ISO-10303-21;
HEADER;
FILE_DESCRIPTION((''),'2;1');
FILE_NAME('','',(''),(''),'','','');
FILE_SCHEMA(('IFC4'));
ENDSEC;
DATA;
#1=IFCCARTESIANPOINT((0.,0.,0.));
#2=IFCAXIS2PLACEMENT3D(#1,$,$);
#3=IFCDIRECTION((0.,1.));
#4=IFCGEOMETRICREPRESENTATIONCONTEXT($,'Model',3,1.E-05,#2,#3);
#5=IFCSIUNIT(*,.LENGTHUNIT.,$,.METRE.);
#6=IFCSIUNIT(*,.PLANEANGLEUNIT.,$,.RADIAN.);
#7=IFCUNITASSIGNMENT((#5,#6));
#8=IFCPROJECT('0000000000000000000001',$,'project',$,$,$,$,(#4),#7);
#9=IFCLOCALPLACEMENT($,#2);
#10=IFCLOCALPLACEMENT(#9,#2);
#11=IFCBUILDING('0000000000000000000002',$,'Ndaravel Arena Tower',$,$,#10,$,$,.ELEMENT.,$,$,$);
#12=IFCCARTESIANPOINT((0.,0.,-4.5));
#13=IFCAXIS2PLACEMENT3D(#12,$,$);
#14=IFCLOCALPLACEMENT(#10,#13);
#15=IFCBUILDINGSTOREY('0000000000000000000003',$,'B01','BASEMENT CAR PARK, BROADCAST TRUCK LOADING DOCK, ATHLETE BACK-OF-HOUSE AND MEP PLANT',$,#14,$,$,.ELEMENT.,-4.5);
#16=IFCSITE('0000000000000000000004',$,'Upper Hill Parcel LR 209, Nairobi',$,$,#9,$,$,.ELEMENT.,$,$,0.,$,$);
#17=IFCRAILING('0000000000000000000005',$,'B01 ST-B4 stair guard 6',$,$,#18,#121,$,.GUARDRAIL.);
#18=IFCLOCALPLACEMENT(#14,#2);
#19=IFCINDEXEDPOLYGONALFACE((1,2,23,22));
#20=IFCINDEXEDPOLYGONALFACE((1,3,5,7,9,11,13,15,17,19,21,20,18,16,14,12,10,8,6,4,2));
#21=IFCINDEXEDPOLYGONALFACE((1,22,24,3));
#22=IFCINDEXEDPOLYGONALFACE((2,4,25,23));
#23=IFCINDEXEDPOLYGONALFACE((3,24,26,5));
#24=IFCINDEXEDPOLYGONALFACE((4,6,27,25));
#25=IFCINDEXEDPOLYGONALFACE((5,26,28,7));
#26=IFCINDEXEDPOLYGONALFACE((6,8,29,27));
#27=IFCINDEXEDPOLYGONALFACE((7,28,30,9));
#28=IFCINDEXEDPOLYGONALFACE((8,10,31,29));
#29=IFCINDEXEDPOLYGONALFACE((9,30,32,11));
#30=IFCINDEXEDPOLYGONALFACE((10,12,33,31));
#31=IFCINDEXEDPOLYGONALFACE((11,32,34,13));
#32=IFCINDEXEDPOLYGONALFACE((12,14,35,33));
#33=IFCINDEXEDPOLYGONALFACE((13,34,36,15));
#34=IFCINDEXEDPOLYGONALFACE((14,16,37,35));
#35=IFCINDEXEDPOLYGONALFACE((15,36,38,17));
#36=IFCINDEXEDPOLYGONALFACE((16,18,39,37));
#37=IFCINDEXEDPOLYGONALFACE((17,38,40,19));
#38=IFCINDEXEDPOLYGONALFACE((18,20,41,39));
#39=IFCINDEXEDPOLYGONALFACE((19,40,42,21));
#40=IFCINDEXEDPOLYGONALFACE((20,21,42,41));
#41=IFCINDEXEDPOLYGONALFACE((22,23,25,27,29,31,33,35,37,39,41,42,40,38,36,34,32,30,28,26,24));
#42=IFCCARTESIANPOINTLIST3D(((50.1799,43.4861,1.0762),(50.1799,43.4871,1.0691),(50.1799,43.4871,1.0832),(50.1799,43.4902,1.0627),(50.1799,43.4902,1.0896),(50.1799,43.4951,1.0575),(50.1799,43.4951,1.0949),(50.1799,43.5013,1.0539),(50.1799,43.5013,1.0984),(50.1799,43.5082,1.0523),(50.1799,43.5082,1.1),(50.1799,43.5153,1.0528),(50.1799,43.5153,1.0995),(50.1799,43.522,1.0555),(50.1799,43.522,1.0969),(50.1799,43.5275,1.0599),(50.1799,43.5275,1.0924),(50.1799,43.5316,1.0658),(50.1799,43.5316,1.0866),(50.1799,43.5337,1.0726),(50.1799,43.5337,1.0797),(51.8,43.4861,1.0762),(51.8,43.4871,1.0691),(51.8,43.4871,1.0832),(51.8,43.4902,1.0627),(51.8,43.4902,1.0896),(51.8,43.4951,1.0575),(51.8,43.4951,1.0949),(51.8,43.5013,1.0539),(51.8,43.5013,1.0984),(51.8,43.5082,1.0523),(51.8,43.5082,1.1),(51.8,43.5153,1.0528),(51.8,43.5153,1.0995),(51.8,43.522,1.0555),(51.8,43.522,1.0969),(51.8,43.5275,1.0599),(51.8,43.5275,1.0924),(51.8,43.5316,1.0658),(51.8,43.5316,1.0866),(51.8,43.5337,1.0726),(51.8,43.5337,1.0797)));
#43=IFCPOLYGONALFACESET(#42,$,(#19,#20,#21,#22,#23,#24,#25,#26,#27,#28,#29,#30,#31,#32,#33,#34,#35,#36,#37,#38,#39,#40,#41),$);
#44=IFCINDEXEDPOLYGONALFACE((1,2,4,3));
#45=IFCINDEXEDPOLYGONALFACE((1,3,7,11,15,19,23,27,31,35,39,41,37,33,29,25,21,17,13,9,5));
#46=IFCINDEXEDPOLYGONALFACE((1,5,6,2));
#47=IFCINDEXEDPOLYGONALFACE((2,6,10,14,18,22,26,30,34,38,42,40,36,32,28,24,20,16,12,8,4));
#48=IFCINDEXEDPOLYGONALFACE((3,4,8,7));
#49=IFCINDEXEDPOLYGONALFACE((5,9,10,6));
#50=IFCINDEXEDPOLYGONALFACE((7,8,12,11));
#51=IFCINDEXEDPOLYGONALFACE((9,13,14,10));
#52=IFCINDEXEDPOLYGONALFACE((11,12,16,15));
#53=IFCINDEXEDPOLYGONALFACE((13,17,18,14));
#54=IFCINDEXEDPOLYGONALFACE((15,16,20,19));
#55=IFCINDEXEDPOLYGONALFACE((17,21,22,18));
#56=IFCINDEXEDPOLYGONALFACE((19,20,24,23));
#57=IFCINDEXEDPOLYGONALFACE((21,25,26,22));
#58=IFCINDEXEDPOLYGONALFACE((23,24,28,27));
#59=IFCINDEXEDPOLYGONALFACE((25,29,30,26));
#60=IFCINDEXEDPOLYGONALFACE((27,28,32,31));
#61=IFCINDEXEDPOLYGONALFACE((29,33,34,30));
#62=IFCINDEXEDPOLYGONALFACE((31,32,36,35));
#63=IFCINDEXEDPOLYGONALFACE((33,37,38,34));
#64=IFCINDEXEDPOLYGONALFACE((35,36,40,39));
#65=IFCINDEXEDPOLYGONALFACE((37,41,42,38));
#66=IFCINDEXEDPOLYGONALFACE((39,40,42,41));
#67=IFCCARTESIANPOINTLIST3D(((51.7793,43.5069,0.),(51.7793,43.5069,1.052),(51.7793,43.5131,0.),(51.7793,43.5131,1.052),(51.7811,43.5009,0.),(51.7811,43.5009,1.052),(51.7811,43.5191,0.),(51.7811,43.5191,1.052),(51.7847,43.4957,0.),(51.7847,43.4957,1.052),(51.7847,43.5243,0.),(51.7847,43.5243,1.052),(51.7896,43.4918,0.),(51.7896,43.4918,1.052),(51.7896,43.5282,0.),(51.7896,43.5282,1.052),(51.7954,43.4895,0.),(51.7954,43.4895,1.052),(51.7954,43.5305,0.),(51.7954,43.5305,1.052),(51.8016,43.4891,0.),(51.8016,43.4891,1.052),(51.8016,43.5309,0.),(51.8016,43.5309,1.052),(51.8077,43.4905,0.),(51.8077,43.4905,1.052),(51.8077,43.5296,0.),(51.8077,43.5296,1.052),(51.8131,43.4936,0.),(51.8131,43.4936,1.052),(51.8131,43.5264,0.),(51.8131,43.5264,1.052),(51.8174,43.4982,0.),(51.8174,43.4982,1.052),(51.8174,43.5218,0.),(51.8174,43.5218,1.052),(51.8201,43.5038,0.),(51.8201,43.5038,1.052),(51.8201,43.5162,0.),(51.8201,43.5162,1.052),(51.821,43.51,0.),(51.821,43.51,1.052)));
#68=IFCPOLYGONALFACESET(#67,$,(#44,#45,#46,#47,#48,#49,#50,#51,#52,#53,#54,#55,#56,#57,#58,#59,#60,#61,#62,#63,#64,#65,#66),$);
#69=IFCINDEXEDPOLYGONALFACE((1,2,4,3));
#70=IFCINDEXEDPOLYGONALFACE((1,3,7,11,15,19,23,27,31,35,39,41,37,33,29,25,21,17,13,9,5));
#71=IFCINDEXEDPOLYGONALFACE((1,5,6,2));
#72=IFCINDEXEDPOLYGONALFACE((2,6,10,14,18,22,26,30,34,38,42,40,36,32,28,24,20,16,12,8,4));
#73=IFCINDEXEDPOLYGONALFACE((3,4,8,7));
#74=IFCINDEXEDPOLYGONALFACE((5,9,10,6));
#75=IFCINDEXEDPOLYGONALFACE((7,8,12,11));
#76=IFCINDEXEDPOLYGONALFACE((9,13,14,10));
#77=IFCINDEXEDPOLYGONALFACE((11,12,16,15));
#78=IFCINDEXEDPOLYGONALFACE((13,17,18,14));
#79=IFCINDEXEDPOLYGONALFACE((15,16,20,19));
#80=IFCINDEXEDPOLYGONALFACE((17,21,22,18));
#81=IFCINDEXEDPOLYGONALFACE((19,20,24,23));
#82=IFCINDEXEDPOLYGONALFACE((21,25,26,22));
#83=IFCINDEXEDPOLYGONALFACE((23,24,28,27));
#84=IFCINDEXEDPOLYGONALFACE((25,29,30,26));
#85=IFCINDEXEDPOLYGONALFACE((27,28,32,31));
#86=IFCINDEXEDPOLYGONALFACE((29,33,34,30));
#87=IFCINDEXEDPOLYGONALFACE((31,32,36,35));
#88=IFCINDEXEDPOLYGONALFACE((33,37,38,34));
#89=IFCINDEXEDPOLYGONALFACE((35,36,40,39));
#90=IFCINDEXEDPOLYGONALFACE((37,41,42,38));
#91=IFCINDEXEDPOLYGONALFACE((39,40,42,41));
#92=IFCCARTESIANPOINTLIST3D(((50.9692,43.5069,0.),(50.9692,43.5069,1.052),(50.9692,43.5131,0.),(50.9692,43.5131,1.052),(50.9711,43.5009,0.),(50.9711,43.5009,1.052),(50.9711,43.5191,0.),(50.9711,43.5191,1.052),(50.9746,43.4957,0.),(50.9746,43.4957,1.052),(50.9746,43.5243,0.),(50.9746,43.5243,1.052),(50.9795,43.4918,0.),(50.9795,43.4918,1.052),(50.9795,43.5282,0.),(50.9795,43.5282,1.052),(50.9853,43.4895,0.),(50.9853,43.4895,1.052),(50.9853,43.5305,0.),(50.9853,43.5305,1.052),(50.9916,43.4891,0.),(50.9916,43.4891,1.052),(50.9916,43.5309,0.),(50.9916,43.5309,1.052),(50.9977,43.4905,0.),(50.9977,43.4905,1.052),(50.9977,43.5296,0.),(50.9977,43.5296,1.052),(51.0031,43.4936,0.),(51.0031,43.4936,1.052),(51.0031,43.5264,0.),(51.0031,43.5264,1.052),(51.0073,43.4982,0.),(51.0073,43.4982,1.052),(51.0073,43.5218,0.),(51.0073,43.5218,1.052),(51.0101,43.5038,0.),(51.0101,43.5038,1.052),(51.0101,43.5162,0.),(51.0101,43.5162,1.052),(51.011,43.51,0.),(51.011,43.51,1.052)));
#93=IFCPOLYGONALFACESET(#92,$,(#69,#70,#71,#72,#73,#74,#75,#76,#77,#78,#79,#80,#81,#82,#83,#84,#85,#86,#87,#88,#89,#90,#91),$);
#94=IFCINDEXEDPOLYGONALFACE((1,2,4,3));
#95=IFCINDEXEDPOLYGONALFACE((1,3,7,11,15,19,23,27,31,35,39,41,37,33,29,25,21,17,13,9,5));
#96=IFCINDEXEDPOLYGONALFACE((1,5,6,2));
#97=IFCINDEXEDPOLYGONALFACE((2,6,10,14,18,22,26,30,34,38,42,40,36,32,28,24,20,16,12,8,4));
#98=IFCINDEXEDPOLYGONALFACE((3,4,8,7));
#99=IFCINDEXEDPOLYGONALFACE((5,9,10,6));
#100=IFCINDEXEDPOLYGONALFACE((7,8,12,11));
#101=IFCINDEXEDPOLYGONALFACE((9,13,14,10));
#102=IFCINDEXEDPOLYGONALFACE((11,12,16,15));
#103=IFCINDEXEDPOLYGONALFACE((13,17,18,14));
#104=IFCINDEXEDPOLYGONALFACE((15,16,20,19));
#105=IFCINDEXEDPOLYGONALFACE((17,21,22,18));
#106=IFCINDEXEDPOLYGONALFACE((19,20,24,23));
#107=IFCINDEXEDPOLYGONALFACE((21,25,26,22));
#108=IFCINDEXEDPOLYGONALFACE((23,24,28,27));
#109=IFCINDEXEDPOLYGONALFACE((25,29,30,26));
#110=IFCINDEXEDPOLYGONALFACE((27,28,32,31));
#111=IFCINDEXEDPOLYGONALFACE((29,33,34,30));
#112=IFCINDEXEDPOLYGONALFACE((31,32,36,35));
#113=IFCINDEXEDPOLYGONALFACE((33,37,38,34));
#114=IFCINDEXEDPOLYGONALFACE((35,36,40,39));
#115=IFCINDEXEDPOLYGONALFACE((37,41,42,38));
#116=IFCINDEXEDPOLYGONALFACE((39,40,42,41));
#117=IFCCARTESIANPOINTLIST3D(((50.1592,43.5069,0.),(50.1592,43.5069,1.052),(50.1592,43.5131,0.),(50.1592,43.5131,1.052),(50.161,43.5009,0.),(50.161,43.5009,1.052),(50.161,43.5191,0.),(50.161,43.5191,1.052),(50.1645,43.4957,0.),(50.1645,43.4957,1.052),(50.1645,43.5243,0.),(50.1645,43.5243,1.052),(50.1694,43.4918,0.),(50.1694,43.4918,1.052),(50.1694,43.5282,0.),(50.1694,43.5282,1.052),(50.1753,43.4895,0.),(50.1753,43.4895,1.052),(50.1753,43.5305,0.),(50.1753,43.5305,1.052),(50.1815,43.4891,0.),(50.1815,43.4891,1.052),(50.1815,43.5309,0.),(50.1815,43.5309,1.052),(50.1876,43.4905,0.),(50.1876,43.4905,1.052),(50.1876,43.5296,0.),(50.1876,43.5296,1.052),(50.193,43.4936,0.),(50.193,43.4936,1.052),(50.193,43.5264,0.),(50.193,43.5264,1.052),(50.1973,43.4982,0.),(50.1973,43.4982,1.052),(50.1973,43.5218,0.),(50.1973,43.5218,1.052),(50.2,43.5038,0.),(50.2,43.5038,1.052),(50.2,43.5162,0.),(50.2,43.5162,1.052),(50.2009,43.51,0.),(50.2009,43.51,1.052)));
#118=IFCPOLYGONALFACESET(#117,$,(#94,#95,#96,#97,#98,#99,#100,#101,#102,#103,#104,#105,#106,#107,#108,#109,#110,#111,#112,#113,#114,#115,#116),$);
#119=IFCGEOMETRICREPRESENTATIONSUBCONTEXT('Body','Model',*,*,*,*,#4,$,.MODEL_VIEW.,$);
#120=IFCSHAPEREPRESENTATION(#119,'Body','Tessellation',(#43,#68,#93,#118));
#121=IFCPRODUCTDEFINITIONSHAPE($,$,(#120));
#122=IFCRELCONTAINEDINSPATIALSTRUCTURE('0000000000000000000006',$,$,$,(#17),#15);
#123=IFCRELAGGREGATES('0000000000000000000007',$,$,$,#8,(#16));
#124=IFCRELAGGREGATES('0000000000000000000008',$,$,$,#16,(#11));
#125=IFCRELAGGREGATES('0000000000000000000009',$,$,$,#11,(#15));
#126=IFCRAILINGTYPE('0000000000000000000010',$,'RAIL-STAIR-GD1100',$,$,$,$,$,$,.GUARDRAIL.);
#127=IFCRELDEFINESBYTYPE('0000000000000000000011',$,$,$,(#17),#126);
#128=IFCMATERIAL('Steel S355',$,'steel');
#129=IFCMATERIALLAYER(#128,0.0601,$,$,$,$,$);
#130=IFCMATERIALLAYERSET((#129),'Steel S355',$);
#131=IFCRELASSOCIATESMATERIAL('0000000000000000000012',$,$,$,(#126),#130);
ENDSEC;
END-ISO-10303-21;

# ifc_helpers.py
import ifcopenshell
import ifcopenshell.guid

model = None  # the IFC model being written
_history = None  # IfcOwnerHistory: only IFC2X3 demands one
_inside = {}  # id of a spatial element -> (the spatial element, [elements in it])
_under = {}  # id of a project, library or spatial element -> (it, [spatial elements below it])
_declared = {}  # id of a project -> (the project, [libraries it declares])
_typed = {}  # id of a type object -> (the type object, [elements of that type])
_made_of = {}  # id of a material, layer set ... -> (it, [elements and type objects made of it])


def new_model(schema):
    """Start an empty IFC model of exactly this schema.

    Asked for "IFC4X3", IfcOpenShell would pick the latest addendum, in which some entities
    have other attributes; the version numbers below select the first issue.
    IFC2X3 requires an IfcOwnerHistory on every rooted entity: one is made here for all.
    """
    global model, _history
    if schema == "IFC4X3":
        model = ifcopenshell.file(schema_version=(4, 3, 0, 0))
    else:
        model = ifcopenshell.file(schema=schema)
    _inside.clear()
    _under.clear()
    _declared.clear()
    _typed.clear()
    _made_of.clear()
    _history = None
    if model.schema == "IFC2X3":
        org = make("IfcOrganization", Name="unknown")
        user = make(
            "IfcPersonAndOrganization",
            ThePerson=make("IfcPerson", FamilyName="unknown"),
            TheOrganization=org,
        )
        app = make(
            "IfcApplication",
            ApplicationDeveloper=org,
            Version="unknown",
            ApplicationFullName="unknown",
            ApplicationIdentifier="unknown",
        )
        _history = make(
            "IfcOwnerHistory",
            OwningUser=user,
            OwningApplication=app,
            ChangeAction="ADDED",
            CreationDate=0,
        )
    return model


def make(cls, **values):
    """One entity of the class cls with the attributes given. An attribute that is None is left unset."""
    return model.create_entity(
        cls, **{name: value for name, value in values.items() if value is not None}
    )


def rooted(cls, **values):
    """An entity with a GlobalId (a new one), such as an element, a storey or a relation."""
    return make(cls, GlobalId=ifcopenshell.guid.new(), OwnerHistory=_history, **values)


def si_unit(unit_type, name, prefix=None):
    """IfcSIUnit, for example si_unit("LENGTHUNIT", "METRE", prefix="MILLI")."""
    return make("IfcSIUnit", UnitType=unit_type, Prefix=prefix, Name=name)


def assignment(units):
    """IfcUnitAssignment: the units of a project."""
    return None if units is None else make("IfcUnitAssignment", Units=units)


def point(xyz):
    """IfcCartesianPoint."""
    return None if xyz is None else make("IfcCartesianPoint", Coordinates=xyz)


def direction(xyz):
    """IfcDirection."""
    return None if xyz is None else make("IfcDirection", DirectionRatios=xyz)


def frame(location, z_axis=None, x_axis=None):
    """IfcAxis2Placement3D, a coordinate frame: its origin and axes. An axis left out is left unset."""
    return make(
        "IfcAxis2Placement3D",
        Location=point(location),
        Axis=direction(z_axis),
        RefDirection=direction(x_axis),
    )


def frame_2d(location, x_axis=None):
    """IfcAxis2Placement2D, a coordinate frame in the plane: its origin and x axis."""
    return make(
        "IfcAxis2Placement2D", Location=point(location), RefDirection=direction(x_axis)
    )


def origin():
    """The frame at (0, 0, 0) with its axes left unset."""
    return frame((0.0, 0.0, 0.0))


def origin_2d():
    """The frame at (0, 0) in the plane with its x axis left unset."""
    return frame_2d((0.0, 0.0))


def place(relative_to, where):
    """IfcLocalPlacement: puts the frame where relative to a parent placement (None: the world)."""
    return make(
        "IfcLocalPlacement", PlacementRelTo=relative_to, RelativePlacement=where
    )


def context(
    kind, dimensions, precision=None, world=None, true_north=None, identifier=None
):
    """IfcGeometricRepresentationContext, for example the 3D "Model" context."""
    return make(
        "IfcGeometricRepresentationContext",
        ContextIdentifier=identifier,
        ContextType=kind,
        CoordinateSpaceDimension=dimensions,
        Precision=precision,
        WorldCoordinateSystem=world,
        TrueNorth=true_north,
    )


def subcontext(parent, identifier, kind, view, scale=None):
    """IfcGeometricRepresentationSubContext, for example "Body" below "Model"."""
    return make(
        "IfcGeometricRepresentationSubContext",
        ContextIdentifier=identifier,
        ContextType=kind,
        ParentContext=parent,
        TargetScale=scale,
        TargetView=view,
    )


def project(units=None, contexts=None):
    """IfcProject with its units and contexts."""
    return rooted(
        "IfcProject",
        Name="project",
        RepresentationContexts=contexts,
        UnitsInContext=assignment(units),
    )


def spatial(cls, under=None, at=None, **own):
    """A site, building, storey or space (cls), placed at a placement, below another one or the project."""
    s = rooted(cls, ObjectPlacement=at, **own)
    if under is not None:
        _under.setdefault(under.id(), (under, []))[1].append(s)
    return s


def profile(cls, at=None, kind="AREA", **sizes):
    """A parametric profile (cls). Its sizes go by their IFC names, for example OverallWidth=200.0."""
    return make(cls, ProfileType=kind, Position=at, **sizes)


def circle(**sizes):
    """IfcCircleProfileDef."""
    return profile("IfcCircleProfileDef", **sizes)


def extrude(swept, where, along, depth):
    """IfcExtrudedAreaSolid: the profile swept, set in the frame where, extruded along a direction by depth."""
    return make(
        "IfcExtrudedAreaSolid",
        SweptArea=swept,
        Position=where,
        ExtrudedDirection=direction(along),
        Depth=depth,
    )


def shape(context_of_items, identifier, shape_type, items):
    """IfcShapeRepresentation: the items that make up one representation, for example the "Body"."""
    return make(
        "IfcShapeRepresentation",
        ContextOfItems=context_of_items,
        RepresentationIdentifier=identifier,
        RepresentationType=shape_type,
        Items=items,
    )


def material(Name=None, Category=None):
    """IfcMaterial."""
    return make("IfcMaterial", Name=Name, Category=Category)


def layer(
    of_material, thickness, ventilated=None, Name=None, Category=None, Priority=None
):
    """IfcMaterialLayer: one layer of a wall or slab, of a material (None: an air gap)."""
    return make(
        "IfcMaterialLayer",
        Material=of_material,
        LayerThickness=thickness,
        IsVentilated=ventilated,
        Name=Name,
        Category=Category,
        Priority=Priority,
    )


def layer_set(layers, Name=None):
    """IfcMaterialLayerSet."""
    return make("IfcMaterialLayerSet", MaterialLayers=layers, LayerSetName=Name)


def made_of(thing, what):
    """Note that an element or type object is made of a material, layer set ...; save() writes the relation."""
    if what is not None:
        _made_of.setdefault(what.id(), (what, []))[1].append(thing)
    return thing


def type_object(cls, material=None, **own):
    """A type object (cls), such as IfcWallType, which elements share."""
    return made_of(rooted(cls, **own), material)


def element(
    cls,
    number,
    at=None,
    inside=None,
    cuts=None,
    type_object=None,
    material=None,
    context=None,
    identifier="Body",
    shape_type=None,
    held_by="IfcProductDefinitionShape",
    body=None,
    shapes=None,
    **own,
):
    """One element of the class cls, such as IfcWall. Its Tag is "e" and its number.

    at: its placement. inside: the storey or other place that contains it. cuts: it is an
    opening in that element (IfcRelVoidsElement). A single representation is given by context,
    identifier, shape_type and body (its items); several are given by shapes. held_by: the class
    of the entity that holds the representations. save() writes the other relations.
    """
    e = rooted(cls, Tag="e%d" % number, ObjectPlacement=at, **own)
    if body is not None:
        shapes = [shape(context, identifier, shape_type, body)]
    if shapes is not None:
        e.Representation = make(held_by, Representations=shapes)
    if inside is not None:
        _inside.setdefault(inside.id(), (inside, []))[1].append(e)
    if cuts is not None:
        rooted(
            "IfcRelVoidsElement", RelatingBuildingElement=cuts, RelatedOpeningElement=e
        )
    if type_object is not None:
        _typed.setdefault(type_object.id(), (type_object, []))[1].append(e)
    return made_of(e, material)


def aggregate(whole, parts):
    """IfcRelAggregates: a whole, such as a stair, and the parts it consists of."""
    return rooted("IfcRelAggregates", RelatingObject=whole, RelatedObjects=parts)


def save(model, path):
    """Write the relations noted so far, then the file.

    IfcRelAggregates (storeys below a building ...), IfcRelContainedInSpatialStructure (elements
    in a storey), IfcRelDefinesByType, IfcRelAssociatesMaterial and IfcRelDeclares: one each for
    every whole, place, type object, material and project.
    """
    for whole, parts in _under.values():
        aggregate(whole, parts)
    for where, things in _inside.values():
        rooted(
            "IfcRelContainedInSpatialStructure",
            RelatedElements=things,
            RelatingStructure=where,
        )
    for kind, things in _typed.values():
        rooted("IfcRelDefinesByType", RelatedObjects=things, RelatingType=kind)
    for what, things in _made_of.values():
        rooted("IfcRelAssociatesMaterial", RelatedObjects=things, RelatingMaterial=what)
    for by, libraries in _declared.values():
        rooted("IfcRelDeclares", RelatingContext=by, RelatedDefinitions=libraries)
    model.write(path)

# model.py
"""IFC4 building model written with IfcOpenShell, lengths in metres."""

from ifc_helpers import new_model, si_unit, direction, frame, origin, origin_2d, place, context, subcontext, project, spatial, circle, extrude, material, layer, layer_set, type_object, element, save


model = new_model("IFC4")

# Units and contexts
model_context = context("Model", 3, precision=1e-05, world=origin(), true_north=direction((0.0, 1.0)))
body_context = subcontext(model_context, "Body", "Model", "MODEL_VIEW")
ifc_project = project(units=[si_unit("LENGTHUNIT", "METRE"), si_unit("PLANEANGLEUNIT", "RADIAN")], contexts=[model_context])

# Site, building, storey
site_placement = place(None, origin())
site = spatial("IfcSite", under=ifc_project, at=site_placement, Name="Upper Hill Parcel LR 209, Nairobi", CompositionType="ELEMENT", RefElevation=0.0)
building_placement = place(site_placement, origin())
building = spatial("IfcBuilding", under=site, at=building_placement, Name="Ndaravel Arena Tower", CompositionType="ELEMENT")
storey_placement = place(building_placement, frame((0.0, 0.0, -4.5)))
storey = spatial("IfcBuildingStorey", under=building, at=storey_placement, Name="B01", Description="BASEMENT CAR PARK, BROADCAST TRUCK LOADING DOCK, ATHLETE BACK-OF-HOUSE AND MEP PLANT", CompositionType="ELEMENT", Elevation=-4.5)

# Railing
ifc_material_1 = material(Name="Steel S355", Category="steel")
ifc_layer_1 = layer(ifc_material_1, 0.0601)
ifc_layer_set_1 = layer_set([ifc_layer_1], Name="Steel S355")
railing_type_1 = type_object("IfcRailingType", Name="RAIL-STAIR-GD1100", PredefinedType="GUARDRAIL", material=ifc_layer_set_1)
for number, where, name in (
    (1, (51.8, 43.51, 0.0), "B01 ST-B4 stair guard 6"),
):
    element("IfcRailing", number, at=place(storey_placement, frame(where)), inside=storey, type_object=railing_type_1, Name=name, PredefinedType="GUARDRAIL", context=body_context, shape_type="SweptSolid", body=[
        extrude(circle(Radius=0.0239, at=origin_2d()), frame((0.0, 0.0, 1.0762), z_axis=(-1.0, 0.0, 0.0), x_axis=(0.0, -1.0, 0.0)), (0.0, 0.0, 1.0), 1.6201),
        extrude(circle(Radius=0.021, at=origin_2d()), origin(), (0.0, 0.0, 1.0), 1.052),
        extrude(circle(Radius=0.021, at=origin_2d()), frame((-0.8101, 0.0, 0.0)), (0.0, 0.0, 1.0), 1.052),
        extrude(circle(Radius=0.021, at=origin_2d()), frame((-1.6201, 0.0, 0.0)), (0.0, 0.0, 1.0), 1.052),
    ])

save(model, "model.ifc")
